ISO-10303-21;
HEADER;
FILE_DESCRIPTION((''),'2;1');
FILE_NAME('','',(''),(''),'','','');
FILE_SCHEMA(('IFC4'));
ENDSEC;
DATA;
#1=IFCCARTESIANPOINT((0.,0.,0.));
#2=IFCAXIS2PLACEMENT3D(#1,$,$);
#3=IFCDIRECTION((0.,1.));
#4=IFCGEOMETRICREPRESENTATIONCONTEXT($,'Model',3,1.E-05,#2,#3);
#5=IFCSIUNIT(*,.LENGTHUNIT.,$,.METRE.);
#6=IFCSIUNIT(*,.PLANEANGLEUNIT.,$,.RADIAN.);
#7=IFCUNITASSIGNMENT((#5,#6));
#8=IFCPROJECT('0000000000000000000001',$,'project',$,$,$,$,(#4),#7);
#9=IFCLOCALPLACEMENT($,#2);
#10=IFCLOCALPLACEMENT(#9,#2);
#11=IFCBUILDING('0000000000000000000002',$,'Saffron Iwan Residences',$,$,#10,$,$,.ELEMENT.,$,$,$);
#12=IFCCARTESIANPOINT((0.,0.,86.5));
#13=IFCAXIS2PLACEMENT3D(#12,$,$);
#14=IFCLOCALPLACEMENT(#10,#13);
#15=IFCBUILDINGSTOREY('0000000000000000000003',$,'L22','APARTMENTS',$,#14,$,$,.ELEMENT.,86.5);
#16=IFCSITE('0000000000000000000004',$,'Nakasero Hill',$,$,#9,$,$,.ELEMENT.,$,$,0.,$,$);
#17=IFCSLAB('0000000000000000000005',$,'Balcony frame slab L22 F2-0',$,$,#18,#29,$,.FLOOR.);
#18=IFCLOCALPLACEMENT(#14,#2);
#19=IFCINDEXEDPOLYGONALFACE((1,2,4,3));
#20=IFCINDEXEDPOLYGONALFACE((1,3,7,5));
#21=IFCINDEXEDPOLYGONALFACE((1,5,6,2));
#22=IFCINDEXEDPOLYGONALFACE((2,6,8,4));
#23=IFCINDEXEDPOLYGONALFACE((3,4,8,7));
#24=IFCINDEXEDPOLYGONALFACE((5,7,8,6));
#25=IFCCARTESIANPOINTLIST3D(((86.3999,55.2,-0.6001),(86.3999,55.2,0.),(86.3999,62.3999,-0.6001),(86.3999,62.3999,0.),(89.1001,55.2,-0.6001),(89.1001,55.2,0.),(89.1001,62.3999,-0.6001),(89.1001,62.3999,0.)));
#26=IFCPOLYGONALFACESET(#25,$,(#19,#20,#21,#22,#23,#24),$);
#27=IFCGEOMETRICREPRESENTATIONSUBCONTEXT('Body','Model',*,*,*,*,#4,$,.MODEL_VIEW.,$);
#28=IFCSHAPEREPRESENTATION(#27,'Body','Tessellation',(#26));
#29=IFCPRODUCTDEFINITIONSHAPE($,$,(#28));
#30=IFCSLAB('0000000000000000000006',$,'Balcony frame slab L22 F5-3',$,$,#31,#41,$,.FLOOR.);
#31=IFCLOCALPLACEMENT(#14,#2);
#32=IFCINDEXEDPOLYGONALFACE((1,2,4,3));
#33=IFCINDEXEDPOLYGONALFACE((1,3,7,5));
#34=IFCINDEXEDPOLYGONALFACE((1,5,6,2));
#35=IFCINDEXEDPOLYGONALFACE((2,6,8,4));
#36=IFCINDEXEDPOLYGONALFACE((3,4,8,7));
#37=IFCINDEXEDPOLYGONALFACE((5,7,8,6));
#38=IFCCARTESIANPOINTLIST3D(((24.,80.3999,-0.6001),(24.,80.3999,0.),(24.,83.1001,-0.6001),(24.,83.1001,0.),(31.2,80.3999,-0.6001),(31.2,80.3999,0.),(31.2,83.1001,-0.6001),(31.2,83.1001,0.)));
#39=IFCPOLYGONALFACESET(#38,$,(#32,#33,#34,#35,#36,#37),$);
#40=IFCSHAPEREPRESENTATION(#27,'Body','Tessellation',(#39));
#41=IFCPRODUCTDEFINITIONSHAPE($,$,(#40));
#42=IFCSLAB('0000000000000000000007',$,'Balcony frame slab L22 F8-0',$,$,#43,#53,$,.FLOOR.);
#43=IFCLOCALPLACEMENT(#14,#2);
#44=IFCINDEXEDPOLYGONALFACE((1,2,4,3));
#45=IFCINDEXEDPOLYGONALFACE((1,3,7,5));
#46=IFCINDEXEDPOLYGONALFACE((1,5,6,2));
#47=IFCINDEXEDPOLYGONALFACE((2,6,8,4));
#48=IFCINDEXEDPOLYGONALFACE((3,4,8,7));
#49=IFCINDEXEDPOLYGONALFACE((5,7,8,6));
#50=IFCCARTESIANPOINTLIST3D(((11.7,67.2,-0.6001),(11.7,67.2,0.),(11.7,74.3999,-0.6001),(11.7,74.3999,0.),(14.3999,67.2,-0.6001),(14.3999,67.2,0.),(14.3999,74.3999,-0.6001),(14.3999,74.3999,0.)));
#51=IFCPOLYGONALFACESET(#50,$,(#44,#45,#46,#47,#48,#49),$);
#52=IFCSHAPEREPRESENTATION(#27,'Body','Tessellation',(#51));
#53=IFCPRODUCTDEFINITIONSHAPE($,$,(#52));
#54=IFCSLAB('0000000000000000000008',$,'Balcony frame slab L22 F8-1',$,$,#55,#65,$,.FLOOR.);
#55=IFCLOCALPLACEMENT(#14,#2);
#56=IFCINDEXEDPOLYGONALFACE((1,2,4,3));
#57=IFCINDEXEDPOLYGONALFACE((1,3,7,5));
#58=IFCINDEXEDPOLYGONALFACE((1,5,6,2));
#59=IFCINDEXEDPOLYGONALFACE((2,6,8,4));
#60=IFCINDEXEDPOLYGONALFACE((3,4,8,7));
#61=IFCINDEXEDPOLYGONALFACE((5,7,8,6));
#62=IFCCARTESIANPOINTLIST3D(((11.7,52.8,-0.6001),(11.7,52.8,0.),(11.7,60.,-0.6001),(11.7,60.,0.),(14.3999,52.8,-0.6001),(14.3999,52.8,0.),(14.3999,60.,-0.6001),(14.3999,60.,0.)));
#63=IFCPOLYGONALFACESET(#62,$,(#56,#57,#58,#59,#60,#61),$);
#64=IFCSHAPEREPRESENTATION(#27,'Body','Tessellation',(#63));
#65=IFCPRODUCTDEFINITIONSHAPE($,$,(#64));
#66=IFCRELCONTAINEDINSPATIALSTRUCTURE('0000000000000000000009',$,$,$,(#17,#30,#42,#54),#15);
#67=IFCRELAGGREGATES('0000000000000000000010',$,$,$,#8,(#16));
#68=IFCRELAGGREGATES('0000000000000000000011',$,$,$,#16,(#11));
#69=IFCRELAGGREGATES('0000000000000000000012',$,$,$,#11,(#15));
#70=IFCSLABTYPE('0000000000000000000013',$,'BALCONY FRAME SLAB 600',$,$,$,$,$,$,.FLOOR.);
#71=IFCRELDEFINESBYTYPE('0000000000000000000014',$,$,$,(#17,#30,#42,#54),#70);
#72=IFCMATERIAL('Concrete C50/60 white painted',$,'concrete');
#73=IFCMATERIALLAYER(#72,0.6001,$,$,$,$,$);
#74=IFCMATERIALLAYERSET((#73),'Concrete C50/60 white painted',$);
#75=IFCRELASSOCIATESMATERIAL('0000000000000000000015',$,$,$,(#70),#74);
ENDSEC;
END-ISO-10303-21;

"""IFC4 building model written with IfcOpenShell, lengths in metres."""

from ifc_helpers import new_model, si_unit, direction, frame, origin, place, context, subcontext, project, spatial, polyline, outline, extrude, material, layer, layer_set, type_object, element, save


model = new_model("IFC4")

# Units and contexts
model_context = context("Model", 3, precision=1e-05, world=origin(), true_north=direction((0.0, 1.0)))
body_context = subcontext(model_context, "Body", "Model", "MODEL_VIEW")
ifc_project = project(units=[si_unit("LENGTHUNIT", "METRE"), si_unit("PLANEANGLEUNIT", "RADIAN")], contexts=[model_context])

# Site, building, storey
site_placement = place(None, origin())
site = spatial("IfcSite", under=ifc_project, at=site_placement, Name="Nakasero Hill", CompositionType="ELEMENT", RefElevation=0.0)
building_placement = place(site_placement, origin())
building = spatial("IfcBuilding", under=site, at=building_placement, Name="Saffron Iwan Residences", CompositionType="ELEMENT")
storey_placement = place(building_placement, frame((0.0, 0.0, 86.5)))
storey = spatial("IfcBuildingStorey", under=building, at=storey_placement, Name="L22", Description="APARTMENTS", CompositionType="ELEMENT", Elevation=86.5)

# Slabs
ifc_material_1 = material(Name="Concrete C50/60 white painted", Category="concrete")
ifc_layer_1 = layer(ifc_material_1, 0.6001)
ifc_layer_set_1 = layer_set([ifc_layer_1], Name="Concrete C50/60 white painted")
slab_type_1 = type_object("IfcSlabType", Name="BALCONY FRAME SLAB 600", PredefinedType="FLOOR", material=ifc_layer_set_1)
slab_1_placement = place(storey_placement, frame((0.0, 0.0, -0.6001)))
element("IfcSlab", 1, at=slab_1_placement, inside=storey, type_object=slab_type_1, Name="Balcony frame slab L22 F2-0", PredefinedType="FLOOR", context=body_context, shape_type="SweptSolid", body=[
    extrude(outline(polyline([(89.1001, 55.2), (89.1001, 62.3999), (86.3999, 62.3999), (86.3999, 55.2), (89.1001, 55.2)])), origin(), (0.0, 0.0, 1.0), 0.6001),
])
slab_2_placement = place(storey_placement, frame((0.0, 0.0, -0.6001)))
element("IfcSlab", 2, at=slab_2_placement, inside=storey, type_object=slab_type_1, Name="Balcony frame slab L22 F5-3", PredefinedType="FLOOR", context=body_context, shape_type="SweptSolid", body=[
    extrude(outline(polyline([(31.2, 83.1001), (24.0, 83.1001), (24.0, 80.3999), (31.2, 80.3999), (31.2, 83.1001)])), origin(), (0.0, 0.0, 1.0), 0.6001),
])
slab_3_placement = place(storey_placement, frame((0.0, 0.0, -0.6001)))
element("IfcSlab", 3, at=slab_3_placement, inside=storey, type_object=slab_type_1, Name="Balcony frame slab L22 F8-0", PredefinedType="FLOOR", context=body_context, shape_type="SweptSolid", body=[
    extrude(outline(polyline([(11.7, 74.3999), (11.7, 67.2), (14.3999, 67.2), (14.3999, 74.3999), (11.7, 74.3999)])), origin(), (0.0, 0.0, 1.0), 0.6001),
])
slab_4_placement = place(storey_placement, frame((0.0, 0.0, -0.6001)))
element("IfcSlab", 4, at=slab_4_placement, inside=storey, type_object=slab_type_1, Name="Balcony frame slab L22 F8-1", PredefinedType="FLOOR", context=body_context, shape_type="SweptSolid", body=[
    extrude(outline(polyline([(11.7, 60.0), (11.7, 52.8), (14.3999, 52.8), (14.3999, 60.0), (11.7, 60.0)])), origin(), (0.0, 0.0, 1.0), 0.6001),
])

save(model, "model.ifc")
